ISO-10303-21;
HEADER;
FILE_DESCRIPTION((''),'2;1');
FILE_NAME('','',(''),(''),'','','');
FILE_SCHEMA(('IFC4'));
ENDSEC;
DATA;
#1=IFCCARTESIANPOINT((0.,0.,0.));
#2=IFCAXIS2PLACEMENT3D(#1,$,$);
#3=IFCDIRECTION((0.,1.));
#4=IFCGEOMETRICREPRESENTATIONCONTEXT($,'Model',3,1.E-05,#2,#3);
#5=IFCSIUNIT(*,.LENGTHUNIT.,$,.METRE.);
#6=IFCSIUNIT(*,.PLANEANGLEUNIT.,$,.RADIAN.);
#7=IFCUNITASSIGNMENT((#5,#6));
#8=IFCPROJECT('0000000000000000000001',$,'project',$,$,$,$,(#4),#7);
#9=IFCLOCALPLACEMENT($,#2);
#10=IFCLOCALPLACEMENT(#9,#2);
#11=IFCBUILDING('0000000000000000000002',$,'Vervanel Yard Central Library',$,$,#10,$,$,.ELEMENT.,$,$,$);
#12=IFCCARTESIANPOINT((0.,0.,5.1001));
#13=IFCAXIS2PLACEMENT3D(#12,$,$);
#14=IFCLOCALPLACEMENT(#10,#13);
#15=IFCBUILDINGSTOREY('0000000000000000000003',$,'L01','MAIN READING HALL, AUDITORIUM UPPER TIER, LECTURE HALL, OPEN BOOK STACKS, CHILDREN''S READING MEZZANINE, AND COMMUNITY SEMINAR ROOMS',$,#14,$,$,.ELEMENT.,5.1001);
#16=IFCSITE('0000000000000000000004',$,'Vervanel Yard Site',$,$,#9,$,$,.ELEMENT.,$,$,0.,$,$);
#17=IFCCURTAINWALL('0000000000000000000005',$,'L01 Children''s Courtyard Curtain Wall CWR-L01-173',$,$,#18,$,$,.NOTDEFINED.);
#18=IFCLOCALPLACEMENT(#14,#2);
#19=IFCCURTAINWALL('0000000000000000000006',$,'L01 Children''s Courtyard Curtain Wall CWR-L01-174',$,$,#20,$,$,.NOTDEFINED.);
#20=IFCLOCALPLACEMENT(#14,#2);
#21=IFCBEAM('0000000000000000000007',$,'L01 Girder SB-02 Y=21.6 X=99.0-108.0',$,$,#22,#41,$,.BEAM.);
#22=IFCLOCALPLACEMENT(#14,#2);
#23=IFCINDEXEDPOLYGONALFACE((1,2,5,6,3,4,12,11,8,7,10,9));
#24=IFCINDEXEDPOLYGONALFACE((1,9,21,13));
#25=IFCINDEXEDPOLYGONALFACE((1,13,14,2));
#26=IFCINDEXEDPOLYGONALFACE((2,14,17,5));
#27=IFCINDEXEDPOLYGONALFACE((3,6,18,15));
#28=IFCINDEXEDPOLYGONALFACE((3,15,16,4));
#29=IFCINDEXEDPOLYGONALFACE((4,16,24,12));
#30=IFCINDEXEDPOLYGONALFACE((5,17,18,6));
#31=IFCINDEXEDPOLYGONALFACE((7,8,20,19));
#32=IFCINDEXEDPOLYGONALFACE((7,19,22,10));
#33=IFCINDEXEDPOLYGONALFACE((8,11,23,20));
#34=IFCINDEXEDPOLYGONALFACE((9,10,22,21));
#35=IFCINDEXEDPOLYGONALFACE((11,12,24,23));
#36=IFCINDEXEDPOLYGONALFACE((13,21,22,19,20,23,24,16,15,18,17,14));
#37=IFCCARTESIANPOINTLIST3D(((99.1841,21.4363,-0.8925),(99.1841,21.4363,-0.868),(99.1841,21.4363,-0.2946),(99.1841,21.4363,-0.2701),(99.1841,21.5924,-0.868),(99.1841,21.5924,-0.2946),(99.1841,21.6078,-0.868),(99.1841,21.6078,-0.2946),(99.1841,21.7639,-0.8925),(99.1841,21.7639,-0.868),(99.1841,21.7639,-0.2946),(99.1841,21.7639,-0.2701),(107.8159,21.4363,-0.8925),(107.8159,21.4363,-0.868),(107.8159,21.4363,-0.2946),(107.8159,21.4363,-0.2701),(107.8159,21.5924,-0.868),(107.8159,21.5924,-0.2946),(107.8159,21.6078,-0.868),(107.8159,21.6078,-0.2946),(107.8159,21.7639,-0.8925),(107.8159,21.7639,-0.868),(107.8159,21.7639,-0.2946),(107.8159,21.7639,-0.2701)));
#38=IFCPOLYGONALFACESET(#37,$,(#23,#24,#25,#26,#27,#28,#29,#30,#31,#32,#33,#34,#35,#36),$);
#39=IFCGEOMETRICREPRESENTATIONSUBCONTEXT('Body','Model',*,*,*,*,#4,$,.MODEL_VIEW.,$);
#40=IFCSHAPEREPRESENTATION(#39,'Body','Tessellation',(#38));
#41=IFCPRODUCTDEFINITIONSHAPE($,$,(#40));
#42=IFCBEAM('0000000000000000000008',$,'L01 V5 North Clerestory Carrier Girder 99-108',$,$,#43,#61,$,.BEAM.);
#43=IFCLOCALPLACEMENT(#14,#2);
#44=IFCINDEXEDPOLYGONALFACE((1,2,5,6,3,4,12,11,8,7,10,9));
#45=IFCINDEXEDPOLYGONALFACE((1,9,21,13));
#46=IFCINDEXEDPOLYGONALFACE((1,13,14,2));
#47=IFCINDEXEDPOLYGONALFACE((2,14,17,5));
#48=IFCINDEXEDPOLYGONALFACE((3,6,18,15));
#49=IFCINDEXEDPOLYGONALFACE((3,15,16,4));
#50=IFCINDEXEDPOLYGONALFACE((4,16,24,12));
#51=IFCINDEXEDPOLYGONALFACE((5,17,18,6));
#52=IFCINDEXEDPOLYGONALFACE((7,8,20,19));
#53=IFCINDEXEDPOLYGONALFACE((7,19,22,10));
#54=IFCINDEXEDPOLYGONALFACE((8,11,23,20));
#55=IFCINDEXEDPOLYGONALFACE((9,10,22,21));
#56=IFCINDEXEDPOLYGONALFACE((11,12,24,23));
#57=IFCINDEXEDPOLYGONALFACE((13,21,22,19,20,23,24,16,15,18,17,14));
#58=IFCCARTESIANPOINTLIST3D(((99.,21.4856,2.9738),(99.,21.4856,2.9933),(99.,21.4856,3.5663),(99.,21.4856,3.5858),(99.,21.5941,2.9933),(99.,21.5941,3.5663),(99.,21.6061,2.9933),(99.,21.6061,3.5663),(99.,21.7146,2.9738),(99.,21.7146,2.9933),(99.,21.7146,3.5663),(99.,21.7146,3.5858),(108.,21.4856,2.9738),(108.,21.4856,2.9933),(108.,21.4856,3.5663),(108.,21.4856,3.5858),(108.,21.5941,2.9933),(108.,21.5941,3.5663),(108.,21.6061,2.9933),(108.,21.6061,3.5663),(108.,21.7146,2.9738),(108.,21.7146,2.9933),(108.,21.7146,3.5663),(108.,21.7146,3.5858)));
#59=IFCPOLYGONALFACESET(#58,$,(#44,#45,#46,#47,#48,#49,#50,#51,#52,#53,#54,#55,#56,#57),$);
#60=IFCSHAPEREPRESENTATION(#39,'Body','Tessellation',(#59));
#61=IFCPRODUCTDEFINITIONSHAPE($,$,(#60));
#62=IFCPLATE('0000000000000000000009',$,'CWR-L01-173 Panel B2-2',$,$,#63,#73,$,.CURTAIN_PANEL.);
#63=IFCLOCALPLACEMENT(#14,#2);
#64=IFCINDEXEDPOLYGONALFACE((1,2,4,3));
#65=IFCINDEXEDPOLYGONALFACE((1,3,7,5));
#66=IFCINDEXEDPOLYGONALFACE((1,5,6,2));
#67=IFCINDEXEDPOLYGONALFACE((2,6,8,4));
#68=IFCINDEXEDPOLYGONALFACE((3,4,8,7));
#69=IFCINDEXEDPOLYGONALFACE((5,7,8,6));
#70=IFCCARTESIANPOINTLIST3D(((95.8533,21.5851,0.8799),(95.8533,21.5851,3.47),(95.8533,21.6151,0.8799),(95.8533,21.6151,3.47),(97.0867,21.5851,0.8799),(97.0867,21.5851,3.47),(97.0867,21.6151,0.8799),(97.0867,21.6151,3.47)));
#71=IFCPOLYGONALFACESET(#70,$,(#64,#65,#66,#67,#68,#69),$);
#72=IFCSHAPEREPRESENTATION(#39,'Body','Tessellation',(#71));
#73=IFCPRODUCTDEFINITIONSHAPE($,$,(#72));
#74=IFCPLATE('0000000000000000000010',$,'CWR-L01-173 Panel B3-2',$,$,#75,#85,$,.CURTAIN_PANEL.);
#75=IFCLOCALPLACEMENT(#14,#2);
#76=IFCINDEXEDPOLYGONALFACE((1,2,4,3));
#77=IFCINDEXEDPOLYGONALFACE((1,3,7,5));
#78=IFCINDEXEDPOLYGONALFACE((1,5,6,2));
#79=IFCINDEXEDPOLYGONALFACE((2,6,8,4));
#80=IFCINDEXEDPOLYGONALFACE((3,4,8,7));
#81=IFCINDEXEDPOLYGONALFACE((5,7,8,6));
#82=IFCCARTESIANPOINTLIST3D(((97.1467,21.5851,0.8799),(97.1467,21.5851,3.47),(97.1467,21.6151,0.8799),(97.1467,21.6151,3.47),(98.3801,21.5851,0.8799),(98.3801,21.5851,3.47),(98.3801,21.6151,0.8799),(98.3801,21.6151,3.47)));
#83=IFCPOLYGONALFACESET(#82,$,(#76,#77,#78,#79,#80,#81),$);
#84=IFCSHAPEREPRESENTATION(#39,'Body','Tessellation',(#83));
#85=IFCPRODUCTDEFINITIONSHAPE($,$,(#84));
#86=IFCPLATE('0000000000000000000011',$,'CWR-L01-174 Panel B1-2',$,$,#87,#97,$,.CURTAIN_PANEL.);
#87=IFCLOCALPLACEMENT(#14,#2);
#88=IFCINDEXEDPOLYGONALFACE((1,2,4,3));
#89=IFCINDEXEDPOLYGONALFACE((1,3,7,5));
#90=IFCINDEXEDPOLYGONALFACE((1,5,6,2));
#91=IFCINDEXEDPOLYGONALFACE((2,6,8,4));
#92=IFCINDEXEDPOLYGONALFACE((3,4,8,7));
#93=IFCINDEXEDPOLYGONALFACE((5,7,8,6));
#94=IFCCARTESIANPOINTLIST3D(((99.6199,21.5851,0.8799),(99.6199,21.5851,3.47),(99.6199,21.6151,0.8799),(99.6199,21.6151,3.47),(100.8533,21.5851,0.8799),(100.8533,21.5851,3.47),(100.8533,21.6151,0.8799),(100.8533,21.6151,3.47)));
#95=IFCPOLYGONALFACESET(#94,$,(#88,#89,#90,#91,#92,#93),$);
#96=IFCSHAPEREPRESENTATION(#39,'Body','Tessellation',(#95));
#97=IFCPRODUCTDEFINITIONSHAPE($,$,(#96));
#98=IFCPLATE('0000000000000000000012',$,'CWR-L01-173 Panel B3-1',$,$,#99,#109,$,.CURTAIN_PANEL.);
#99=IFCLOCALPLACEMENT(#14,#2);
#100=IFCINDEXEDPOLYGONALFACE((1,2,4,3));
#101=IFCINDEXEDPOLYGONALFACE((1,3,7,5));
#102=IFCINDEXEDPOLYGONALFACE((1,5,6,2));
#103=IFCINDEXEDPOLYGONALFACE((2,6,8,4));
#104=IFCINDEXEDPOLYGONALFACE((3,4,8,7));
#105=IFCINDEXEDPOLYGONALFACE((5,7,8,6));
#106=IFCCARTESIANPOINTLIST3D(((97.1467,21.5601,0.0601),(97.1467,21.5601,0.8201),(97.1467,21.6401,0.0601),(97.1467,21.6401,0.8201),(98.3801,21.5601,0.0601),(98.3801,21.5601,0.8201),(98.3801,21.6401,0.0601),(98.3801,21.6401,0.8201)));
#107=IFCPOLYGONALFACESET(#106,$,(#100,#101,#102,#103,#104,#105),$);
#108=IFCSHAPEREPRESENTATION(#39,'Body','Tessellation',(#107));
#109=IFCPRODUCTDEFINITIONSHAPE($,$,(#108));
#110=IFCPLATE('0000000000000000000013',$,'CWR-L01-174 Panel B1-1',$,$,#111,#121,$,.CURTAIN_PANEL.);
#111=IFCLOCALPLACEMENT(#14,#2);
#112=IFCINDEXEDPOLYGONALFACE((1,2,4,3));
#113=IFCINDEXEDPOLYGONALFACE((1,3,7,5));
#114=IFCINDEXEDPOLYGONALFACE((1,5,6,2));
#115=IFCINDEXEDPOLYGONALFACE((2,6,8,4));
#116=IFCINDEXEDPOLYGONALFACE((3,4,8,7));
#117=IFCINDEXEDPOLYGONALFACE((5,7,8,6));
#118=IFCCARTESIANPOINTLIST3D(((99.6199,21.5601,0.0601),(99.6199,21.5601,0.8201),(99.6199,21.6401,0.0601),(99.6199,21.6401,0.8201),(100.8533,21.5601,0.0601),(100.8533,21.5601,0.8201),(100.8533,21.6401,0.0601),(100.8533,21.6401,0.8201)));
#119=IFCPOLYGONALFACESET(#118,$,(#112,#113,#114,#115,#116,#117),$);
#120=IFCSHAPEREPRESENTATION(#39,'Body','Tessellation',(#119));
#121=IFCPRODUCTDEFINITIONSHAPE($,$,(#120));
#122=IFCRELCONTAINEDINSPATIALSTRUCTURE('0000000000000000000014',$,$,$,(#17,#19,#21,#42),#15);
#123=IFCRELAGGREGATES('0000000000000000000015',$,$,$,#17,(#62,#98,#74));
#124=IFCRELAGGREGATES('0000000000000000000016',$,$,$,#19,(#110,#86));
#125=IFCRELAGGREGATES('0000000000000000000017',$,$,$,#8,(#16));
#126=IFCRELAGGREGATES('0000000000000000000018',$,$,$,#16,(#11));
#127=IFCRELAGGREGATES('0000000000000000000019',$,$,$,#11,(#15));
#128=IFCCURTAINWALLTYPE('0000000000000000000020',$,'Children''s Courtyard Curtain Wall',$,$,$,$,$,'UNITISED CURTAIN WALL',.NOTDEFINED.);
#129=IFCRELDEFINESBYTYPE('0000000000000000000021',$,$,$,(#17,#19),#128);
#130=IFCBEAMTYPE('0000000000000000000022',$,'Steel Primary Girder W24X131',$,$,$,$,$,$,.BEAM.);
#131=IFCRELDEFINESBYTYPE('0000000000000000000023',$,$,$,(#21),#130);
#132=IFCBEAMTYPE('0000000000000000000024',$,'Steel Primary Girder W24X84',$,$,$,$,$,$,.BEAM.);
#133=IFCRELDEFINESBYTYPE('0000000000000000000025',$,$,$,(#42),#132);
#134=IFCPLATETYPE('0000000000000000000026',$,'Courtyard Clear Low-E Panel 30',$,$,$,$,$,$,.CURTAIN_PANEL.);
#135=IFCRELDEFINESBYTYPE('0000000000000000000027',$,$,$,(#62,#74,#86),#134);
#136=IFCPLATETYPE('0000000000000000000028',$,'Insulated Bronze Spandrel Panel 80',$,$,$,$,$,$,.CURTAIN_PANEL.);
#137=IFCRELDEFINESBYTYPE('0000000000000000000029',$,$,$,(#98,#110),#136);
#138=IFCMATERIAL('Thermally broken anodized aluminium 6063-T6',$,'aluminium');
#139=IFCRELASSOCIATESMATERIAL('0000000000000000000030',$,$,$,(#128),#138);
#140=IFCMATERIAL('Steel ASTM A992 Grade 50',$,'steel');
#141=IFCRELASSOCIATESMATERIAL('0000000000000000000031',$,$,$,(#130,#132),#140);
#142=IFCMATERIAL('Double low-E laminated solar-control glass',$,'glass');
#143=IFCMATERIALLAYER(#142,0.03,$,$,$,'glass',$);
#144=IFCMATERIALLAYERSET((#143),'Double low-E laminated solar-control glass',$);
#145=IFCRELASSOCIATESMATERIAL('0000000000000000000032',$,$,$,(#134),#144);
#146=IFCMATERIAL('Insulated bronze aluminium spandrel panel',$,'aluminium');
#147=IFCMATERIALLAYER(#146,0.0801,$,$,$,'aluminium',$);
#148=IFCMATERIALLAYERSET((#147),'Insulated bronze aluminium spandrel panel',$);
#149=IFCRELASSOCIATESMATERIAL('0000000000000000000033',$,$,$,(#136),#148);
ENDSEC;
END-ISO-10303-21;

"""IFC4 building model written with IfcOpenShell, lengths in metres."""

from ifc_helpers import new_model, si_unit, direction, frame, origin, origin_2d, place, context, subcontext, project, spatial, rectangle, i_section, extrude, material, layer, layer_set, material_profile, profile_set, type_object, element, aggregate, save


model = new_model("IFC4")

# Units and contexts
model_context = context("Model", 3, precision=1e-05, world=origin(), true_north=direction((0.0, 1.0)))
body_context = subcontext(model_context, "Body", "Model", "MODEL_VIEW")
ifc_project = project(units=[si_unit("LENGTHUNIT", "METRE"), si_unit("PLANEANGLEUNIT", "RADIAN")], contexts=[model_context])

# Site, building, storey
site_placement = place(None, origin())
site = spatial("IfcSite", under=ifc_project, at=site_placement, Name="Vervanel Yard Site", CompositionType="ELEMENT", RefElevation=0.0)
building_placement = place(site_placement, origin())
building = spatial("IfcBuilding", under=site, at=building_placement, Name="Vervanel Yard Central Library", CompositionType="ELEMENT")
storey_placement = place(building_placement, frame((0.0, 0.0, 5.1001)))
storey = spatial("IfcBuildingStorey", under=building, at=storey_placement, Name="L01", Description="MAIN READING HALL, AUDITORIUM UPPER TIER, LECTURE HALL, OPEN BOOK STACKS, CHILDREN'S READING MEZZANINE, AND COMMUNITY SEMINAR ROOMS", CompositionType="ELEMENT", Elevation=5.1001)

# Shared definitions
ifc_material_1 = material(Name="Steel ASTM A992 Grade 50", Category="steel")

# Curtain walls
ifc_material_2 = material(Name="Thermally broken anodized aluminium 6063-T6", Category="aluminium")
curtain_wall_type = type_object("IfcCurtainWallType", Name="Children's Courtyard Curtain Wall", ElementType="UNITISED CURTAIN WALL", PredefinedType="NOTDEFINED", material=ifc_material_2)
curtain_wall_1_placement = place(storey_placement, origin())
curtain_wall_1 = element("IfcCurtainWall", 1, at=curtain_wall_1_placement, inside=storey, type_object=curtain_wall_type, Name="L01 Children's Courtyard Curtain Wall CWR-L01-173", PredefinedType="NOTDEFINED")
curtain_wall_2_placement = place(storey_placement, origin())
curtain_wall_2 = element("IfcCurtainWall", 2, at=curtain_wall_2_placement, inside=storey, type_object=curtain_wall_type, Name="L01 Children's Courtyard Curtain Wall CWR-L01-174", PredefinedType="NOTDEFINED")

# Beams
ifc_material_profile_1 = material_profile(ifc_material_1, i_section(OverallWidth=0.3276, OverallDepth=0.6223, WebThickness=0.0154, FlangeThickness=0.0244, at=origin_2d()), Name="W24X131", Category="steel")
ifc_profile_set_1 = profile_set([ifc_material_profile_1], Name="Steel ASTM A992 Grade 50")
beam_type_1 = type_object("IfcBeamType", Name="Steel Primary Girder W24X131", PredefinedType="BEAM", material=ifc_profile_set_1)
beam_1_placement = place(storey_placement, frame((99.1841, 21.6001, -0.5813), z_axis=(1.0, 0.0, 0.0), x_axis=(0.0, 1.0, 0.0)))
element("IfcBeam", 3, at=beam_1_placement, inside=storey, type_object=beam_type_1, Name="L01 Girder SB-02 Y=21.6 X=99.0-108.0", PredefinedType="BEAM", context=body_context, shape_type="SweptSolid", body=[
    extrude(i_section(OverallWidth=0.3276, OverallDepth=0.6223, WebThickness=0.0154, FlangeThickness=0.0244, at=origin_2d()), origin(), (0.0, 0.0, 1.0), 8.6318),
])
ifc_material_profile_2 = material_profile(ifc_material_1, i_section(OverallWidth=0.229, OverallDepth=0.6121, WebThickness=0.012, FlangeThickness=0.0195, at=origin_2d()), Name="W24X84", Category="steel")
ifc_profile_set_2 = profile_set([ifc_material_profile_2], Name="Steel ASTM A992 Grade 50")
beam_type_2 = type_object("IfcBeamType", Name="Steel Primary Girder W24X84", PredefinedType="BEAM", material=ifc_profile_set_2)
beam_2_placement = place(storey_placement, frame((99.0, 21.6001, 3.2798), z_axis=(1.0, 0.0, 0.0), x_axis=(0.0, 1.0, 0.0)))
element("IfcBeam", 4, at=beam_2_placement, inside=storey, type_object=beam_type_2, Name="L01 V5 North Clerestory Carrier Girder 99-108", PredefinedType="BEAM", context=body_context, shape_type="SweptSolid", body=[
    extrude(i_section(OverallWidth=0.229, OverallDepth=0.6121, WebThickness=0.012, FlangeThickness=0.0195, at=origin_2d()), origin(), (0.0, 0.0, 1.0), 9.0),
])

# Plates
ifc_material_3 = material(Name="Double low-E laminated solar-control glass", Category="glass")
ifc_layer_1 = layer(ifc_material_3, 0.03, Category="glass")
ifc_layer_set_1 = layer_set([ifc_layer_1], Name="Double low-E laminated solar-control glass")
plate_type_1 = type_object("IfcPlateType", Name="Courtyard Clear Low-E Panel 30", PredefinedType="CURTAIN_PANEL", material=ifc_layer_set_1)
plate_1_placement = place(storey_placement, frame((96.47, 21.6001, 0.8799), z_axis=(0.0, 0.0, 1.0), x_axis=(1.0, 0.0, 0.0)))
plate_1 = element("IfcPlate", 5, at=plate_1_placement, type_object=plate_type_1, Name="CWR-L01-173 Panel B2-2", PredefinedType="CURTAIN_PANEL", context=body_context, shape_type="SweptSolid", body=[
    extrude(rectangle(XDim=1.2334, YDim=0.03, at=origin_2d()), origin(), (0.0, 0.0, 1.0), 2.5901),
])
plate_2_placement = place(storey_placement, frame((97.7634, 21.6001, 0.8799), z_axis=(0.0, 0.0, 1.0), x_axis=(1.0, 0.0, 0.0)))
plate_2 = element("IfcPlate", 6, at=plate_2_placement, type_object=plate_type_1, Name="CWR-L01-173 Panel B3-2", PredefinedType="CURTAIN_PANEL", context=body_context, shape_type="SweptSolid", body=[
    extrude(rectangle(XDim=1.2334, YDim=0.03, at=origin_2d()), origin(), (0.0, 0.0, 1.0), 2.5901),
])
plate_3_placement = place(storey_placement, frame((100.2366, 21.6001, 0.8799), z_axis=(0.0, 0.0, 1.0), x_axis=(1.0, 0.0, 0.0)))
plate_3 = element("IfcPlate", 7, at=plate_3_placement, type_object=plate_type_1, Name="CWR-L01-174 Panel B1-2", PredefinedType="CURTAIN_PANEL", context=body_context, shape_type="SweptSolid", body=[
    extrude(rectangle(XDim=1.2334, YDim=0.03, at=origin_2d()), origin(), (0.0, 0.0, 1.0), 2.5901),
])
ifc_material_4 = material(Name="Insulated bronze aluminium spandrel panel", Category="aluminium")
ifc_layer_2 = layer(ifc_material_4, 0.0801, Category="aluminium")
ifc_layer_set_2 = layer_set([ifc_layer_2], Name="Insulated bronze aluminium spandrel panel")
plate_type_2 = type_object("IfcPlateType", Name="Insulated Bronze Spandrel Panel 80", PredefinedType="CURTAIN_PANEL", material=ifc_layer_set_2)
plate_4_placement = place(storey_placement, frame((97.7634, 21.6001, 0.0601), z_axis=(0.0, 0.0, 1.0), x_axis=(1.0, 0.0, 0.0)))
plate_4 = element("IfcPlate", 8, at=plate_4_placement, type_object=plate_type_2, Name="CWR-L01-173 Panel B3-1", PredefinedType="CURTAIN_PANEL", context=body_context, shape_type="SweptSolid", body=[
    extrude(rectangle(XDim=1.2334, YDim=0.0801, at=origin_2d()), origin(), (0.0, 0.0, 1.0), 0.76),
])
aggregate(curtain_wall_1, [plate_1, plate_4, plate_2])
plate_5_placement = place(storey_placement, frame((100.2366, 21.6001, 0.0601), z_axis=(0.0, 0.0, 1.0), x_axis=(1.0, 0.0, 0.0)))
plate_5 = element("IfcPlate", 9, at=plate_5_placement, type_object=plate_type_2, Name="CWR-L01-174 Panel B1-1", PredefinedType="CURTAIN_PANEL", context=body_context, shape_type="SweptSolid", body=[
    extrude(rectangle(XDim=1.2334, YDim=0.0801, at=origin_2d()), origin(), (0.0, 0.0, 1.0), 0.76),
])
aggregate(curtain_wall_2, [plate_5, plate_3])

save(model, "model.ifc")
